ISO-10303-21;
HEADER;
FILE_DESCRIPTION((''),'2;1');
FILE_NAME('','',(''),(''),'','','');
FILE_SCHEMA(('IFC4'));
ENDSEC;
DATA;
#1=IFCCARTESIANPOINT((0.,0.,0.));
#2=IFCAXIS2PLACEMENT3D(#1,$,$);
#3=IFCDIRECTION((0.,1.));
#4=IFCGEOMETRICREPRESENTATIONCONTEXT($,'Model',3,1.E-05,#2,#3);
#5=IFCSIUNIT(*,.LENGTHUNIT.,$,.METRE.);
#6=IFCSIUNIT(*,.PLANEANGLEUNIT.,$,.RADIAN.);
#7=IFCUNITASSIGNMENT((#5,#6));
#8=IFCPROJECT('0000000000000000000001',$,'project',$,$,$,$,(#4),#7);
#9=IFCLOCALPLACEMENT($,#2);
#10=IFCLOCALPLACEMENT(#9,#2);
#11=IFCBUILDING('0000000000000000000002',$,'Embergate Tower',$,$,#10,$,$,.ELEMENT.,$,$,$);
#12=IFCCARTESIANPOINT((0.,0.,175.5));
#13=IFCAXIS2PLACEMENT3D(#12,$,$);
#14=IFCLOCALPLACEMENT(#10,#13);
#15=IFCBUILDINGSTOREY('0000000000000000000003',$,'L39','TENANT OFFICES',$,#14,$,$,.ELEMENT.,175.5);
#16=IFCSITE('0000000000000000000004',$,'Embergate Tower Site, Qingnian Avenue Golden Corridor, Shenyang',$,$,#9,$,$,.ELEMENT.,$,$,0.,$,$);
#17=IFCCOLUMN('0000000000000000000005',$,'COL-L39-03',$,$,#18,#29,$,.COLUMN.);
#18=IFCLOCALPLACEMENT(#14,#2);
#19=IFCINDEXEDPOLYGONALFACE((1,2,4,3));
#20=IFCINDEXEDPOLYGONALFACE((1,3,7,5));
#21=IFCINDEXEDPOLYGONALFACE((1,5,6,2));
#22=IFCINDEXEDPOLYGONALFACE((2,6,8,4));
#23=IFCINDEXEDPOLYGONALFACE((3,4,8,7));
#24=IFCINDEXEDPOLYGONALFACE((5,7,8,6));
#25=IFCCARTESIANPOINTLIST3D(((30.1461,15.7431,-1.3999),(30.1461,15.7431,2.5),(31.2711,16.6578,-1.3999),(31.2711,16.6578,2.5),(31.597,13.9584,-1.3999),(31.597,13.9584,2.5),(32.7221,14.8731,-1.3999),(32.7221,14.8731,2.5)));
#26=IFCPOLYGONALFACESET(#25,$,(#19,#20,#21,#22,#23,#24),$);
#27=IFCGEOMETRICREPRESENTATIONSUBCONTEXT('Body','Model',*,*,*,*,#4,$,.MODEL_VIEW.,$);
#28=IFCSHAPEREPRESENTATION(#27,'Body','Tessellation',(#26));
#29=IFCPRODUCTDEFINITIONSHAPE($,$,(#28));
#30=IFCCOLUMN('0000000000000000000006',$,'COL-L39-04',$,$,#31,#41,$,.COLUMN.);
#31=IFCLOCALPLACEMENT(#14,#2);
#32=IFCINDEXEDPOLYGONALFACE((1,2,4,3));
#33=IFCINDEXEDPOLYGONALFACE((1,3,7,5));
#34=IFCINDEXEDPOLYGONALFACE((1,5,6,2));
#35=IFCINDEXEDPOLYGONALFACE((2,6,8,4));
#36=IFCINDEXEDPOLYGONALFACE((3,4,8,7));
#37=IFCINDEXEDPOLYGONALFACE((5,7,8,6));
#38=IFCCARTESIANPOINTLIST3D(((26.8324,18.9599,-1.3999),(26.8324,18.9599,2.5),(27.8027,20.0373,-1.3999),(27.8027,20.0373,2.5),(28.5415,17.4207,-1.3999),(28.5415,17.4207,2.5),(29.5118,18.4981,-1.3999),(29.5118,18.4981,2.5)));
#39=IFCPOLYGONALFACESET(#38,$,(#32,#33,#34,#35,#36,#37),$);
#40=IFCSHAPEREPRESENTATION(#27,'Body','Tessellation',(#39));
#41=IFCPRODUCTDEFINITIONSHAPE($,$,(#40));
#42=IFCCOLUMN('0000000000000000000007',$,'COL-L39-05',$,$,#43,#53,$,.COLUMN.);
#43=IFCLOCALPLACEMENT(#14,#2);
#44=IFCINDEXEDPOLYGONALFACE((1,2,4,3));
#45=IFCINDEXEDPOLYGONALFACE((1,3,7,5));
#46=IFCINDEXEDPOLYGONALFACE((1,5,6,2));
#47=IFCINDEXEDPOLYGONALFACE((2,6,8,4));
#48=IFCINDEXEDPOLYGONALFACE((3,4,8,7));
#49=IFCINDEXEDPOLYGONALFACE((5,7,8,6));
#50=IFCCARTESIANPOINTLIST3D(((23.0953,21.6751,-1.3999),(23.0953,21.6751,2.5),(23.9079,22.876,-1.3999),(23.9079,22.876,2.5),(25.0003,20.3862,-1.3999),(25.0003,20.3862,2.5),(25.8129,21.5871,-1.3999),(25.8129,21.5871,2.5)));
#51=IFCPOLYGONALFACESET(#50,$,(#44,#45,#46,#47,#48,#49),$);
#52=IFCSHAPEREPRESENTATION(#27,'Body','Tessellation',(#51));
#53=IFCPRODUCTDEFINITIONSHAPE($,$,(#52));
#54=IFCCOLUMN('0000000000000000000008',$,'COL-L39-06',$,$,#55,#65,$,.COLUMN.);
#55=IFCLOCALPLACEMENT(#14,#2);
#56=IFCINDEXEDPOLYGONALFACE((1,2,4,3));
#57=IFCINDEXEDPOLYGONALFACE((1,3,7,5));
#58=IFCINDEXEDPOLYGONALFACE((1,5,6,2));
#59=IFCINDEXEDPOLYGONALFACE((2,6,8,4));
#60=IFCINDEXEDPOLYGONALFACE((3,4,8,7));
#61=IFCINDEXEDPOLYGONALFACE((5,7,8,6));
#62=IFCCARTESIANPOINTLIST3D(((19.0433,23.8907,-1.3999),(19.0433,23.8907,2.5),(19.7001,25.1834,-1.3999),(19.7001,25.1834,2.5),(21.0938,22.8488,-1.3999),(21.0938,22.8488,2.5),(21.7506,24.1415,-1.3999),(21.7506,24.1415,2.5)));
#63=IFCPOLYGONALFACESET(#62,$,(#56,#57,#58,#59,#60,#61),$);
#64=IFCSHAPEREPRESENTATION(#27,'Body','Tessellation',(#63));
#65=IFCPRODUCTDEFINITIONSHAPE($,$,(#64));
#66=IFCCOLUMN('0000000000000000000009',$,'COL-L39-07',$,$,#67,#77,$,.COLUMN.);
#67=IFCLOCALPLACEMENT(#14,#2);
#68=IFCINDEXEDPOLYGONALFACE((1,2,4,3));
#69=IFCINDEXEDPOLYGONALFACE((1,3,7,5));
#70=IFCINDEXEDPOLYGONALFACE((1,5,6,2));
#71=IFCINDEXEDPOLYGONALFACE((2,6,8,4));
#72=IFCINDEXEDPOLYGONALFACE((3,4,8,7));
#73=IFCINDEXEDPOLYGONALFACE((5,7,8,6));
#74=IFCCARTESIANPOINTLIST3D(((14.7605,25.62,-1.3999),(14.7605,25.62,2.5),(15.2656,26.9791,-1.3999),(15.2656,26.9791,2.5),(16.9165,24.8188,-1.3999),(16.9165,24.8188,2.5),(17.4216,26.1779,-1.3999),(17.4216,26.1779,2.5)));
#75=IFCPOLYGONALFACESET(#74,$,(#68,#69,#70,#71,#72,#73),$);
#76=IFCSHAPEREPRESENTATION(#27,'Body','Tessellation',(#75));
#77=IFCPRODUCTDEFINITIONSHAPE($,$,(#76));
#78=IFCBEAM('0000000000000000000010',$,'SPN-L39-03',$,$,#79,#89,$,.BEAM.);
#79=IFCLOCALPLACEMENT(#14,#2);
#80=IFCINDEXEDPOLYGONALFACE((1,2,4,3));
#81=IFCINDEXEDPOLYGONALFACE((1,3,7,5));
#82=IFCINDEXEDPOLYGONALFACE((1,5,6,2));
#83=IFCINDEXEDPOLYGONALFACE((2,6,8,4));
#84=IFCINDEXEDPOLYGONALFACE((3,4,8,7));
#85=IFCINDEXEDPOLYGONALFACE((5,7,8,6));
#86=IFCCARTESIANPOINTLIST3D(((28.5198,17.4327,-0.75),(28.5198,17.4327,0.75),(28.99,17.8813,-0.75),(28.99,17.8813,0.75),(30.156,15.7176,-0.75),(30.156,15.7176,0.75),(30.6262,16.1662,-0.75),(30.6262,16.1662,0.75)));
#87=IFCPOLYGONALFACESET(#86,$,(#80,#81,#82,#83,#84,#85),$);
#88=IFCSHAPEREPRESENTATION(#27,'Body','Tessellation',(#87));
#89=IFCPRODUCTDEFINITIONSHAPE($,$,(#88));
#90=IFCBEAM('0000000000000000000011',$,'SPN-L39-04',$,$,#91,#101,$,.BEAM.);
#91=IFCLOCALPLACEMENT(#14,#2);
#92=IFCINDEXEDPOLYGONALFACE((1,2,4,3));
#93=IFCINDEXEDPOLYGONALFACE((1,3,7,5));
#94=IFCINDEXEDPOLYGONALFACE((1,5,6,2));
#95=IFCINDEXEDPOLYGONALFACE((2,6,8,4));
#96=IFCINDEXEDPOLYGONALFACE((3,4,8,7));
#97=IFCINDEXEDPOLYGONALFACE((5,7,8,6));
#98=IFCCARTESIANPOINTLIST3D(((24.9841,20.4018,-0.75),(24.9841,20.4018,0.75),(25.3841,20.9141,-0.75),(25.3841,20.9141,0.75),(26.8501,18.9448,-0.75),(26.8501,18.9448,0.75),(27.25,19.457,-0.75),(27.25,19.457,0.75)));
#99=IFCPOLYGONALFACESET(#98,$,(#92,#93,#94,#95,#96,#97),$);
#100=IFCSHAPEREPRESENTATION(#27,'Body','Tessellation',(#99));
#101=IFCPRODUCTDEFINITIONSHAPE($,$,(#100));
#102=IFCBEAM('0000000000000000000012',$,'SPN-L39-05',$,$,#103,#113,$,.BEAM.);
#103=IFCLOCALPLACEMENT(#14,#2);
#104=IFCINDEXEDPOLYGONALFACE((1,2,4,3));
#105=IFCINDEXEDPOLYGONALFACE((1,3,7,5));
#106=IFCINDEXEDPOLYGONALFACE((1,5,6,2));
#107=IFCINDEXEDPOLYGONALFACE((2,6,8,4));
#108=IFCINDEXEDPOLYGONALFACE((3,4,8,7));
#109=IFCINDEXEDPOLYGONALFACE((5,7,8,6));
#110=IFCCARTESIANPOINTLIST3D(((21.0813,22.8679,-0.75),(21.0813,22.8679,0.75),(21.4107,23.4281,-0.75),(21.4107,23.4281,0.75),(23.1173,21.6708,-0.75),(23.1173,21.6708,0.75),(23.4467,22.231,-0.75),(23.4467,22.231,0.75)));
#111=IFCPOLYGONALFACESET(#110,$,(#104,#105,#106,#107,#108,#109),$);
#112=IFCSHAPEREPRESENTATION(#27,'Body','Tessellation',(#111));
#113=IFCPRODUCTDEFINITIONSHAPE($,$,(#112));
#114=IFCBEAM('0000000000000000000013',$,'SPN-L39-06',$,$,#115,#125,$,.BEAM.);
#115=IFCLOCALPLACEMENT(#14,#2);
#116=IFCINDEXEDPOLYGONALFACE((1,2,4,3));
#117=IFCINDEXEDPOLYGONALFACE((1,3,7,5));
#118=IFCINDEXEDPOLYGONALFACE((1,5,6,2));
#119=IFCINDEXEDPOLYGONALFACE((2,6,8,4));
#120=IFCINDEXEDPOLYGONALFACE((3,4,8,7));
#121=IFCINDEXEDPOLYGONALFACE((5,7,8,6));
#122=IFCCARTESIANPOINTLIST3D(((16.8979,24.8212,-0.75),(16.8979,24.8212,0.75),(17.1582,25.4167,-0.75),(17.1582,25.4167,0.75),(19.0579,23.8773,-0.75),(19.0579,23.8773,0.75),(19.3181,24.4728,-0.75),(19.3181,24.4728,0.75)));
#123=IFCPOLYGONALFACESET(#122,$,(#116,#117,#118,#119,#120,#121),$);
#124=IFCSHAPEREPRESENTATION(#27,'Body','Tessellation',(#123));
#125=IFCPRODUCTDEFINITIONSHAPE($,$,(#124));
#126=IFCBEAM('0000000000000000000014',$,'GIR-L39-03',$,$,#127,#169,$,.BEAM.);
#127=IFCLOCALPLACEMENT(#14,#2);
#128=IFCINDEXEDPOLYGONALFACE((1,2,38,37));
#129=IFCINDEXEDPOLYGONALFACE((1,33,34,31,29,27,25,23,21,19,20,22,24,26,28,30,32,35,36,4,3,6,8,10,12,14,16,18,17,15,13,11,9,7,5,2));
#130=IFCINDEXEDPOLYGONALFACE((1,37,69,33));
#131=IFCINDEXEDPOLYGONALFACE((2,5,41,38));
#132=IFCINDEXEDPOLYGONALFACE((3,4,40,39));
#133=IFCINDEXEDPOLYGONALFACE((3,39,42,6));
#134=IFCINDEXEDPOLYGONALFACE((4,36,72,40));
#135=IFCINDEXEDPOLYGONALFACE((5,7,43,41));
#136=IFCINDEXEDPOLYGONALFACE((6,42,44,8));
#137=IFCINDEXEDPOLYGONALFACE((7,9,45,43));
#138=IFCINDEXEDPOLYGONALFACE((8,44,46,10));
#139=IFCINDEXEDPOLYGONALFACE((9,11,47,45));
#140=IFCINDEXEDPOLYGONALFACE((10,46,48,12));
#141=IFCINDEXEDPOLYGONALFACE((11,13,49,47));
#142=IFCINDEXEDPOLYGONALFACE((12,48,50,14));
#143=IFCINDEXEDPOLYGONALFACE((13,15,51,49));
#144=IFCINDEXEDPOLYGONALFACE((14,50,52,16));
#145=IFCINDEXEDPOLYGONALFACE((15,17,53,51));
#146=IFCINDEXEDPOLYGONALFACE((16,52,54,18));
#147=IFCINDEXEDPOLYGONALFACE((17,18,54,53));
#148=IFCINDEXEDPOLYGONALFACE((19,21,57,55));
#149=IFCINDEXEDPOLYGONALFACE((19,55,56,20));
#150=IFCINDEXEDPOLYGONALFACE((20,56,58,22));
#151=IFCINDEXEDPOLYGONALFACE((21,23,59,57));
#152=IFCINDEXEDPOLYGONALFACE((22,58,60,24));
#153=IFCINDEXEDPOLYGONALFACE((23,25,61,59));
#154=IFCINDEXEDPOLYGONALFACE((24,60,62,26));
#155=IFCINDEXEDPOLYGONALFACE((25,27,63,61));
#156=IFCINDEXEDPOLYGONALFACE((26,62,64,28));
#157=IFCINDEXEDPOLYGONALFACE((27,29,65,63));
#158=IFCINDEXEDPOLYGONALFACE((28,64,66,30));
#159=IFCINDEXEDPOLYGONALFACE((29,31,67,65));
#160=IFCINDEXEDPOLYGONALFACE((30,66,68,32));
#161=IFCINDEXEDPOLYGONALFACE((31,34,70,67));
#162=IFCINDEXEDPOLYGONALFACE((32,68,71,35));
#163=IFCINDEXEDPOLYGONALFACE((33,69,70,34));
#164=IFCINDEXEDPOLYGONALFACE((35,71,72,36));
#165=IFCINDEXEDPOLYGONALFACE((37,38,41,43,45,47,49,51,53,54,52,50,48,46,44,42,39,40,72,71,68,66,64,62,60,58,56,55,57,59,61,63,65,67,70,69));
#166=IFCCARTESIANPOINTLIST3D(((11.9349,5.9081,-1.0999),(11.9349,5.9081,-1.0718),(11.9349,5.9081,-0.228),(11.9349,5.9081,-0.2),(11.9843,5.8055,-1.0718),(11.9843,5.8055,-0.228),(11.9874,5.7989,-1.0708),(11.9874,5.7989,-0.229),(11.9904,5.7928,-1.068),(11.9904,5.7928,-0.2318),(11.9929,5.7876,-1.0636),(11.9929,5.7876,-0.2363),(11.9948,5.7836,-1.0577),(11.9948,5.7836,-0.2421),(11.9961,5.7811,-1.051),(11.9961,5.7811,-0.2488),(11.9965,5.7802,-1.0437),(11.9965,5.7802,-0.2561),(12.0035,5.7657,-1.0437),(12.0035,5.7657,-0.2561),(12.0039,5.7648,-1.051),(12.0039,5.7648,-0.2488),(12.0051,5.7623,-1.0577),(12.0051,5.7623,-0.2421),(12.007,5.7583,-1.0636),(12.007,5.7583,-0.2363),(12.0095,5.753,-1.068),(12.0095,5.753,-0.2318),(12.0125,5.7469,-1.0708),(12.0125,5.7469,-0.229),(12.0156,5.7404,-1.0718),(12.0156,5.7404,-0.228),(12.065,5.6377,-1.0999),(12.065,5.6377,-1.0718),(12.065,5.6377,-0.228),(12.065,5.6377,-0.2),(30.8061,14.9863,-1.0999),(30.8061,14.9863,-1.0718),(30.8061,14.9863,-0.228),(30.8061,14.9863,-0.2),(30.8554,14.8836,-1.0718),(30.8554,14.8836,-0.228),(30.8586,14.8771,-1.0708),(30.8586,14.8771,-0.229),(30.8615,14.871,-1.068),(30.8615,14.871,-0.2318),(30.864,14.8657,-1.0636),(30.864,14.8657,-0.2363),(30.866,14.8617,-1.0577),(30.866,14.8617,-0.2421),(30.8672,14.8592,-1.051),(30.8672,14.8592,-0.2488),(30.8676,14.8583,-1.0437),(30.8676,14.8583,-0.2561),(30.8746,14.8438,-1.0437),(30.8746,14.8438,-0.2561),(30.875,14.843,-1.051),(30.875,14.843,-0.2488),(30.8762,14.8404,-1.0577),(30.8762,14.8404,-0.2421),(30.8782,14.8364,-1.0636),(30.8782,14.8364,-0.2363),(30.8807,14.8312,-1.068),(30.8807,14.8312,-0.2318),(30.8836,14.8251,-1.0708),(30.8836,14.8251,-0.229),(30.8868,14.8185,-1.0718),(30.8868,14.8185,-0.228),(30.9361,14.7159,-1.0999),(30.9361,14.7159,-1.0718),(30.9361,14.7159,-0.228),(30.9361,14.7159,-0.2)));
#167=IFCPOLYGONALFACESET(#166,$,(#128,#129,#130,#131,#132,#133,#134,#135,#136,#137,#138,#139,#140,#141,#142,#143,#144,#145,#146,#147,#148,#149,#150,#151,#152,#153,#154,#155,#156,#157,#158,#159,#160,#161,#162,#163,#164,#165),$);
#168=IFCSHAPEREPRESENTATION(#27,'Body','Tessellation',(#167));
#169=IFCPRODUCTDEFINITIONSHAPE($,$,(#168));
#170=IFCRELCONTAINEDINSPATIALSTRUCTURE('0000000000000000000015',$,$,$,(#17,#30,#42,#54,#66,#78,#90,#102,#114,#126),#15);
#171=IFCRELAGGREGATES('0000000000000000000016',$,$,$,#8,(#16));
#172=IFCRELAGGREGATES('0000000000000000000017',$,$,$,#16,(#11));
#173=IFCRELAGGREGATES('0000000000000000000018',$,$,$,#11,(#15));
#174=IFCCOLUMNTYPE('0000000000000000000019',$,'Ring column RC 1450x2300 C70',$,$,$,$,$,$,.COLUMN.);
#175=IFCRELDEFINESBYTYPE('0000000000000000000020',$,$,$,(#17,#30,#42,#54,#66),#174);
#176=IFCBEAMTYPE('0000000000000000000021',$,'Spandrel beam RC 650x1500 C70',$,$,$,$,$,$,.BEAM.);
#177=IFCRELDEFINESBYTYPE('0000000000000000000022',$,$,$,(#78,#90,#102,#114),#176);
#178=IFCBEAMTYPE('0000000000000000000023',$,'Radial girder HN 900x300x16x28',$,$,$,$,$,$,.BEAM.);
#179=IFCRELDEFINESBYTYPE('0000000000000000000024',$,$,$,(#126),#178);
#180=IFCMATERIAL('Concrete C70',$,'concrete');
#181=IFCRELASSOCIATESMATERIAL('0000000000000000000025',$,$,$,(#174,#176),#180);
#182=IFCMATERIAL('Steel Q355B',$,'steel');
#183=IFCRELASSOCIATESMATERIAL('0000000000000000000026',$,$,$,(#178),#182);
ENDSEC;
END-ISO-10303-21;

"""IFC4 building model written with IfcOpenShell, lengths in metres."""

from ifc_helpers import new_model, si_unit, direction, frame, origin, origin_2d, place, context, subcontext, project, spatial, rectangle, i_section, extrude, source, transform, mapped, material, material_profile, profile_set, type_object, element, save


model = new_model("IFC4")

# Units and contexts
model_context = context("Model", 3, precision=1e-05, world=origin(), true_north=direction((0.0, 1.0)))
body_context = subcontext(model_context, "Body", "Model", "MODEL_VIEW")
ifc_project = project(units=[si_unit("LENGTHUNIT", "METRE"), si_unit("PLANEANGLEUNIT", "RADIAN")], contexts=[model_context])

# Site, building, storey
site_placement = place(None, origin())
site = spatial("IfcSite", under=ifc_project, at=site_placement, Name="Embergate Tower Site, Qingnian Avenue Golden Corridor, Shenyang", CompositionType="ELEMENT", RefElevation=0.0)
building_placement = place(site_placement, origin())
building = spatial("IfcBuilding", under=site, at=building_placement, Name="Embergate Tower", CompositionType="ELEMENT")
storey_placement = place(building_placement, frame((0.0, 0.0, 175.5)))
storey = spatial("IfcBuildingStorey", under=building, at=storey_placement, Name="L39", Description="TENANT OFFICES", CompositionType="ELEMENT", Elevation=175.5)

# Columns
ifc_material_1 = material(Name="Concrete C70", Category="concrete")
ifc_material_profile_1 = material_profile(ifc_material_1, rectangle(XDim=1.45, YDim=2.3, at=origin_2d()), Name="RC 1450x2300")
ifc_profile_set_1 = profile_set([ifc_material_profile_1], Name="Concrete C70")
column_type = type_object("IfcColumnType", Name="Ring column RC 1450x2300 C70", PredefinedType="COLUMN", material=ifc_profile_set_1)
shared_shape_1 = source(origin(), body_context, "Body", "SweptSolid", [
    extrude(rectangle(XDim=1.45, YDim=2.3, at=origin_2d()), origin(), (0.0, 0.0, 1.0), 3.8999),
])
for number, where, z_axis, x_axis, name in (
    (1, (31.4341, 15.3081, -1.3999), (0.0, 0.0, 1.0), (0.775914, 0.630838, 0.0), "COL-L39-03"),
    (2, (28.1721, 18.729, -1.3999), (0.0, 0.0, 1.0), (0.669208, 0.743075, 0.0), "COL-L39-04"),
    (3, (24.4541, 21.6311, -1.3999), (0.0, 0.0, 1.0), (0.560393, 0.828227, 0.0), "COL-L39-05"),
    (4, (20.397, 24.0161, -1.3999), (0.0, 0.0, 1.0), (0.452995, 0.891513, 0.0), "COL-L39-06"),
    (5, (16.0911, 25.8989, -1.3999), (0.0, 0.0, 1.0), (0.348343, 0.937367, 0.0), "COL-L39-07"),
):
    element("IfcColumn", number, at=place(storey_placement, frame(where, z_axis=z_axis, x_axis=x_axis)), inside=storey, type_object=column_type, Name=name, PredefinedType="COLUMN", context=body_context, shape_type="MappedRepresentation", body=[
        mapped(shared_shape_1, transform((0.0, 0.0, 0.0))),
    ])

# Beams
ifc_material_profile_2 = material_profile(ifc_material_1, rectangle(XDim=0.6499, YDim=1.5, at=origin_2d()), Name="RC 650x1500")
ifc_profile_set_2 = profile_set([ifc_material_profile_2], Name="Concrete C70")
beam_type_1 = type_object("IfcBeamType", Name="Spandrel beam RC 650x1500 C70", PredefinedType="BEAM", material=ifc_profile_set_2)
shared_shape_2 = source(origin(), body_context, "Body", "SweptSolid", [
    extrude(rectangle(XDim=0.6499, YDim=1.5, at=origin_2d()), origin(), (0.0, 0.0, 1.0), 2.3704),
])
beam_1_placement = place(storey_placement, frame((30.3911, 15.9419, 0.0), z_axis=(-0.690277, 0.723545, 0.0), x_axis=(-0.723545, -0.690277, 0.0)))
element("IfcBeam", 6, at=beam_1_placement, inside=storey, type_object=beam_type_1, Name="SPN-L39-03", PredefinedType="BEAM", context=body_context, shape_type="MappedRepresentation", body=[
    mapped(shared_shape_2, transform((0.0, 0.0, 0.0))),
])
shared_shape_3 = source(origin(), body_context, "Body", "SweptSolid", [
    extrude(rectangle(XDim=0.6499, YDim=1.5, at=origin_2d()), origin(), (0.0, 0.0, 1.0), 2.3674),
])
beam_2_placement = place(storey_placement, frame((27.05, 19.2009, 0.0), z_axis=(-0.788179, 0.615446, 0.0), x_axis=(-0.615446, -0.788179, 0.0)))
element("IfcBeam", 7, at=beam_2_placement, inside=storey, type_object=beam_type_1, Name="SPN-L39-04", PredefinedType="BEAM", context=body_context, shape_type="MappedRepresentation", body=[
    mapped(shared_shape_3, transform((0.0, 0.0, 0.0))),
])
shared_shape_4 = source(origin(), body_context, "Body", "SweptSolid", [
    extrude(rectangle(XDim=0.6499, YDim=1.5, at=origin_2d()), origin(), (0.0, 0.0, 1.0), 2.3618),
])
beam_3_placement = place(storey_placement, frame((23.282, 21.9509, 0.0), z_axis=(-0.862038, 0.506844, 0.0), x_axis=(-0.506844, -0.862038, 0.0)))
element("IfcBeam", 8, at=beam_3_placement, inside=storey, type_object=beam_type_1, Name="SPN-L39-05", PredefinedType="BEAM", context=body_context, shape_type="MappedRepresentation", body=[
    mapped(shared_shape_4, transform((0.0, 0.0, 0.0))),
])
shared_shape_5 = source(origin(), body_context, "Body", "SweptSolid", [
    extrude(rectangle(XDim=0.6499, YDim=1.5, at=origin_2d()), origin(), (0.0, 0.0, 1.0), 2.3572),
])
beam_4_placement = place(storey_placement, frame((19.188, 24.175, 0.0), z_axis=(-0.916331, 0.400422, 0.0), x_axis=(-0.400422, -0.916331, 0.0)))
element("IfcBeam", 9, at=beam_4_placement, inside=storey, type_object=beam_type_1, Name="SPN-L39-06", PredefinedType="BEAM", context=body_context, shape_type="MappedRepresentation", body=[
    mapped(shared_shape_5, transform((0.0, 0.0, 0.0))),
])
ifc_material_2 = material(Name="Steel Q355B", Category="steel")
ifc_material_profile_3 = material_profile(ifc_material_2, i_section(OverallWidth=0.3, OverallDepth=0.8999, WebThickness=0.0161, FlangeThickness=0.0281, FilletRadius=0.0281, at=origin_2d()), Name="HN 900x300x16x28")
ifc_profile_set_3 = profile_set([ifc_material_profile_3], Name="Steel Q355 grade B")
beam_type_2 = type_object("IfcBeamType", Name="Radial girder HN 900x300x16x28", PredefinedType="BEAM", material=ifc_profile_set_3)
shared_shape_6 = source(origin(), body_context, "Body", "SweptSolid", [
    extrude(i_section(OverallWidth=0.3, OverallDepth=0.8999, WebThickness=0.0161, FlangeThickness=0.0281, FilletRadius=0.0281, at=origin_2d()), origin(), (0.0, 0.0, 1.0), 20.9412),
])
beam_5_placement = place(storey_placement, frame((30.8711, 14.8511, -0.6499), z_axis=(-0.90115, -0.433507, 0.0), x_axis=(0.433507, -0.90115, 0.0)))
element("IfcBeam", 10, at=beam_5_placement, inside=storey, type_object=beam_type_2, Name="GIR-L39-03", PredefinedType="BEAM", context=body_context, shape_type="MappedRepresentation", body=[
    mapped(shared_shape_6, transform((0.0, 0.0, 0.0))),
])

save(model, "model.ifc")
